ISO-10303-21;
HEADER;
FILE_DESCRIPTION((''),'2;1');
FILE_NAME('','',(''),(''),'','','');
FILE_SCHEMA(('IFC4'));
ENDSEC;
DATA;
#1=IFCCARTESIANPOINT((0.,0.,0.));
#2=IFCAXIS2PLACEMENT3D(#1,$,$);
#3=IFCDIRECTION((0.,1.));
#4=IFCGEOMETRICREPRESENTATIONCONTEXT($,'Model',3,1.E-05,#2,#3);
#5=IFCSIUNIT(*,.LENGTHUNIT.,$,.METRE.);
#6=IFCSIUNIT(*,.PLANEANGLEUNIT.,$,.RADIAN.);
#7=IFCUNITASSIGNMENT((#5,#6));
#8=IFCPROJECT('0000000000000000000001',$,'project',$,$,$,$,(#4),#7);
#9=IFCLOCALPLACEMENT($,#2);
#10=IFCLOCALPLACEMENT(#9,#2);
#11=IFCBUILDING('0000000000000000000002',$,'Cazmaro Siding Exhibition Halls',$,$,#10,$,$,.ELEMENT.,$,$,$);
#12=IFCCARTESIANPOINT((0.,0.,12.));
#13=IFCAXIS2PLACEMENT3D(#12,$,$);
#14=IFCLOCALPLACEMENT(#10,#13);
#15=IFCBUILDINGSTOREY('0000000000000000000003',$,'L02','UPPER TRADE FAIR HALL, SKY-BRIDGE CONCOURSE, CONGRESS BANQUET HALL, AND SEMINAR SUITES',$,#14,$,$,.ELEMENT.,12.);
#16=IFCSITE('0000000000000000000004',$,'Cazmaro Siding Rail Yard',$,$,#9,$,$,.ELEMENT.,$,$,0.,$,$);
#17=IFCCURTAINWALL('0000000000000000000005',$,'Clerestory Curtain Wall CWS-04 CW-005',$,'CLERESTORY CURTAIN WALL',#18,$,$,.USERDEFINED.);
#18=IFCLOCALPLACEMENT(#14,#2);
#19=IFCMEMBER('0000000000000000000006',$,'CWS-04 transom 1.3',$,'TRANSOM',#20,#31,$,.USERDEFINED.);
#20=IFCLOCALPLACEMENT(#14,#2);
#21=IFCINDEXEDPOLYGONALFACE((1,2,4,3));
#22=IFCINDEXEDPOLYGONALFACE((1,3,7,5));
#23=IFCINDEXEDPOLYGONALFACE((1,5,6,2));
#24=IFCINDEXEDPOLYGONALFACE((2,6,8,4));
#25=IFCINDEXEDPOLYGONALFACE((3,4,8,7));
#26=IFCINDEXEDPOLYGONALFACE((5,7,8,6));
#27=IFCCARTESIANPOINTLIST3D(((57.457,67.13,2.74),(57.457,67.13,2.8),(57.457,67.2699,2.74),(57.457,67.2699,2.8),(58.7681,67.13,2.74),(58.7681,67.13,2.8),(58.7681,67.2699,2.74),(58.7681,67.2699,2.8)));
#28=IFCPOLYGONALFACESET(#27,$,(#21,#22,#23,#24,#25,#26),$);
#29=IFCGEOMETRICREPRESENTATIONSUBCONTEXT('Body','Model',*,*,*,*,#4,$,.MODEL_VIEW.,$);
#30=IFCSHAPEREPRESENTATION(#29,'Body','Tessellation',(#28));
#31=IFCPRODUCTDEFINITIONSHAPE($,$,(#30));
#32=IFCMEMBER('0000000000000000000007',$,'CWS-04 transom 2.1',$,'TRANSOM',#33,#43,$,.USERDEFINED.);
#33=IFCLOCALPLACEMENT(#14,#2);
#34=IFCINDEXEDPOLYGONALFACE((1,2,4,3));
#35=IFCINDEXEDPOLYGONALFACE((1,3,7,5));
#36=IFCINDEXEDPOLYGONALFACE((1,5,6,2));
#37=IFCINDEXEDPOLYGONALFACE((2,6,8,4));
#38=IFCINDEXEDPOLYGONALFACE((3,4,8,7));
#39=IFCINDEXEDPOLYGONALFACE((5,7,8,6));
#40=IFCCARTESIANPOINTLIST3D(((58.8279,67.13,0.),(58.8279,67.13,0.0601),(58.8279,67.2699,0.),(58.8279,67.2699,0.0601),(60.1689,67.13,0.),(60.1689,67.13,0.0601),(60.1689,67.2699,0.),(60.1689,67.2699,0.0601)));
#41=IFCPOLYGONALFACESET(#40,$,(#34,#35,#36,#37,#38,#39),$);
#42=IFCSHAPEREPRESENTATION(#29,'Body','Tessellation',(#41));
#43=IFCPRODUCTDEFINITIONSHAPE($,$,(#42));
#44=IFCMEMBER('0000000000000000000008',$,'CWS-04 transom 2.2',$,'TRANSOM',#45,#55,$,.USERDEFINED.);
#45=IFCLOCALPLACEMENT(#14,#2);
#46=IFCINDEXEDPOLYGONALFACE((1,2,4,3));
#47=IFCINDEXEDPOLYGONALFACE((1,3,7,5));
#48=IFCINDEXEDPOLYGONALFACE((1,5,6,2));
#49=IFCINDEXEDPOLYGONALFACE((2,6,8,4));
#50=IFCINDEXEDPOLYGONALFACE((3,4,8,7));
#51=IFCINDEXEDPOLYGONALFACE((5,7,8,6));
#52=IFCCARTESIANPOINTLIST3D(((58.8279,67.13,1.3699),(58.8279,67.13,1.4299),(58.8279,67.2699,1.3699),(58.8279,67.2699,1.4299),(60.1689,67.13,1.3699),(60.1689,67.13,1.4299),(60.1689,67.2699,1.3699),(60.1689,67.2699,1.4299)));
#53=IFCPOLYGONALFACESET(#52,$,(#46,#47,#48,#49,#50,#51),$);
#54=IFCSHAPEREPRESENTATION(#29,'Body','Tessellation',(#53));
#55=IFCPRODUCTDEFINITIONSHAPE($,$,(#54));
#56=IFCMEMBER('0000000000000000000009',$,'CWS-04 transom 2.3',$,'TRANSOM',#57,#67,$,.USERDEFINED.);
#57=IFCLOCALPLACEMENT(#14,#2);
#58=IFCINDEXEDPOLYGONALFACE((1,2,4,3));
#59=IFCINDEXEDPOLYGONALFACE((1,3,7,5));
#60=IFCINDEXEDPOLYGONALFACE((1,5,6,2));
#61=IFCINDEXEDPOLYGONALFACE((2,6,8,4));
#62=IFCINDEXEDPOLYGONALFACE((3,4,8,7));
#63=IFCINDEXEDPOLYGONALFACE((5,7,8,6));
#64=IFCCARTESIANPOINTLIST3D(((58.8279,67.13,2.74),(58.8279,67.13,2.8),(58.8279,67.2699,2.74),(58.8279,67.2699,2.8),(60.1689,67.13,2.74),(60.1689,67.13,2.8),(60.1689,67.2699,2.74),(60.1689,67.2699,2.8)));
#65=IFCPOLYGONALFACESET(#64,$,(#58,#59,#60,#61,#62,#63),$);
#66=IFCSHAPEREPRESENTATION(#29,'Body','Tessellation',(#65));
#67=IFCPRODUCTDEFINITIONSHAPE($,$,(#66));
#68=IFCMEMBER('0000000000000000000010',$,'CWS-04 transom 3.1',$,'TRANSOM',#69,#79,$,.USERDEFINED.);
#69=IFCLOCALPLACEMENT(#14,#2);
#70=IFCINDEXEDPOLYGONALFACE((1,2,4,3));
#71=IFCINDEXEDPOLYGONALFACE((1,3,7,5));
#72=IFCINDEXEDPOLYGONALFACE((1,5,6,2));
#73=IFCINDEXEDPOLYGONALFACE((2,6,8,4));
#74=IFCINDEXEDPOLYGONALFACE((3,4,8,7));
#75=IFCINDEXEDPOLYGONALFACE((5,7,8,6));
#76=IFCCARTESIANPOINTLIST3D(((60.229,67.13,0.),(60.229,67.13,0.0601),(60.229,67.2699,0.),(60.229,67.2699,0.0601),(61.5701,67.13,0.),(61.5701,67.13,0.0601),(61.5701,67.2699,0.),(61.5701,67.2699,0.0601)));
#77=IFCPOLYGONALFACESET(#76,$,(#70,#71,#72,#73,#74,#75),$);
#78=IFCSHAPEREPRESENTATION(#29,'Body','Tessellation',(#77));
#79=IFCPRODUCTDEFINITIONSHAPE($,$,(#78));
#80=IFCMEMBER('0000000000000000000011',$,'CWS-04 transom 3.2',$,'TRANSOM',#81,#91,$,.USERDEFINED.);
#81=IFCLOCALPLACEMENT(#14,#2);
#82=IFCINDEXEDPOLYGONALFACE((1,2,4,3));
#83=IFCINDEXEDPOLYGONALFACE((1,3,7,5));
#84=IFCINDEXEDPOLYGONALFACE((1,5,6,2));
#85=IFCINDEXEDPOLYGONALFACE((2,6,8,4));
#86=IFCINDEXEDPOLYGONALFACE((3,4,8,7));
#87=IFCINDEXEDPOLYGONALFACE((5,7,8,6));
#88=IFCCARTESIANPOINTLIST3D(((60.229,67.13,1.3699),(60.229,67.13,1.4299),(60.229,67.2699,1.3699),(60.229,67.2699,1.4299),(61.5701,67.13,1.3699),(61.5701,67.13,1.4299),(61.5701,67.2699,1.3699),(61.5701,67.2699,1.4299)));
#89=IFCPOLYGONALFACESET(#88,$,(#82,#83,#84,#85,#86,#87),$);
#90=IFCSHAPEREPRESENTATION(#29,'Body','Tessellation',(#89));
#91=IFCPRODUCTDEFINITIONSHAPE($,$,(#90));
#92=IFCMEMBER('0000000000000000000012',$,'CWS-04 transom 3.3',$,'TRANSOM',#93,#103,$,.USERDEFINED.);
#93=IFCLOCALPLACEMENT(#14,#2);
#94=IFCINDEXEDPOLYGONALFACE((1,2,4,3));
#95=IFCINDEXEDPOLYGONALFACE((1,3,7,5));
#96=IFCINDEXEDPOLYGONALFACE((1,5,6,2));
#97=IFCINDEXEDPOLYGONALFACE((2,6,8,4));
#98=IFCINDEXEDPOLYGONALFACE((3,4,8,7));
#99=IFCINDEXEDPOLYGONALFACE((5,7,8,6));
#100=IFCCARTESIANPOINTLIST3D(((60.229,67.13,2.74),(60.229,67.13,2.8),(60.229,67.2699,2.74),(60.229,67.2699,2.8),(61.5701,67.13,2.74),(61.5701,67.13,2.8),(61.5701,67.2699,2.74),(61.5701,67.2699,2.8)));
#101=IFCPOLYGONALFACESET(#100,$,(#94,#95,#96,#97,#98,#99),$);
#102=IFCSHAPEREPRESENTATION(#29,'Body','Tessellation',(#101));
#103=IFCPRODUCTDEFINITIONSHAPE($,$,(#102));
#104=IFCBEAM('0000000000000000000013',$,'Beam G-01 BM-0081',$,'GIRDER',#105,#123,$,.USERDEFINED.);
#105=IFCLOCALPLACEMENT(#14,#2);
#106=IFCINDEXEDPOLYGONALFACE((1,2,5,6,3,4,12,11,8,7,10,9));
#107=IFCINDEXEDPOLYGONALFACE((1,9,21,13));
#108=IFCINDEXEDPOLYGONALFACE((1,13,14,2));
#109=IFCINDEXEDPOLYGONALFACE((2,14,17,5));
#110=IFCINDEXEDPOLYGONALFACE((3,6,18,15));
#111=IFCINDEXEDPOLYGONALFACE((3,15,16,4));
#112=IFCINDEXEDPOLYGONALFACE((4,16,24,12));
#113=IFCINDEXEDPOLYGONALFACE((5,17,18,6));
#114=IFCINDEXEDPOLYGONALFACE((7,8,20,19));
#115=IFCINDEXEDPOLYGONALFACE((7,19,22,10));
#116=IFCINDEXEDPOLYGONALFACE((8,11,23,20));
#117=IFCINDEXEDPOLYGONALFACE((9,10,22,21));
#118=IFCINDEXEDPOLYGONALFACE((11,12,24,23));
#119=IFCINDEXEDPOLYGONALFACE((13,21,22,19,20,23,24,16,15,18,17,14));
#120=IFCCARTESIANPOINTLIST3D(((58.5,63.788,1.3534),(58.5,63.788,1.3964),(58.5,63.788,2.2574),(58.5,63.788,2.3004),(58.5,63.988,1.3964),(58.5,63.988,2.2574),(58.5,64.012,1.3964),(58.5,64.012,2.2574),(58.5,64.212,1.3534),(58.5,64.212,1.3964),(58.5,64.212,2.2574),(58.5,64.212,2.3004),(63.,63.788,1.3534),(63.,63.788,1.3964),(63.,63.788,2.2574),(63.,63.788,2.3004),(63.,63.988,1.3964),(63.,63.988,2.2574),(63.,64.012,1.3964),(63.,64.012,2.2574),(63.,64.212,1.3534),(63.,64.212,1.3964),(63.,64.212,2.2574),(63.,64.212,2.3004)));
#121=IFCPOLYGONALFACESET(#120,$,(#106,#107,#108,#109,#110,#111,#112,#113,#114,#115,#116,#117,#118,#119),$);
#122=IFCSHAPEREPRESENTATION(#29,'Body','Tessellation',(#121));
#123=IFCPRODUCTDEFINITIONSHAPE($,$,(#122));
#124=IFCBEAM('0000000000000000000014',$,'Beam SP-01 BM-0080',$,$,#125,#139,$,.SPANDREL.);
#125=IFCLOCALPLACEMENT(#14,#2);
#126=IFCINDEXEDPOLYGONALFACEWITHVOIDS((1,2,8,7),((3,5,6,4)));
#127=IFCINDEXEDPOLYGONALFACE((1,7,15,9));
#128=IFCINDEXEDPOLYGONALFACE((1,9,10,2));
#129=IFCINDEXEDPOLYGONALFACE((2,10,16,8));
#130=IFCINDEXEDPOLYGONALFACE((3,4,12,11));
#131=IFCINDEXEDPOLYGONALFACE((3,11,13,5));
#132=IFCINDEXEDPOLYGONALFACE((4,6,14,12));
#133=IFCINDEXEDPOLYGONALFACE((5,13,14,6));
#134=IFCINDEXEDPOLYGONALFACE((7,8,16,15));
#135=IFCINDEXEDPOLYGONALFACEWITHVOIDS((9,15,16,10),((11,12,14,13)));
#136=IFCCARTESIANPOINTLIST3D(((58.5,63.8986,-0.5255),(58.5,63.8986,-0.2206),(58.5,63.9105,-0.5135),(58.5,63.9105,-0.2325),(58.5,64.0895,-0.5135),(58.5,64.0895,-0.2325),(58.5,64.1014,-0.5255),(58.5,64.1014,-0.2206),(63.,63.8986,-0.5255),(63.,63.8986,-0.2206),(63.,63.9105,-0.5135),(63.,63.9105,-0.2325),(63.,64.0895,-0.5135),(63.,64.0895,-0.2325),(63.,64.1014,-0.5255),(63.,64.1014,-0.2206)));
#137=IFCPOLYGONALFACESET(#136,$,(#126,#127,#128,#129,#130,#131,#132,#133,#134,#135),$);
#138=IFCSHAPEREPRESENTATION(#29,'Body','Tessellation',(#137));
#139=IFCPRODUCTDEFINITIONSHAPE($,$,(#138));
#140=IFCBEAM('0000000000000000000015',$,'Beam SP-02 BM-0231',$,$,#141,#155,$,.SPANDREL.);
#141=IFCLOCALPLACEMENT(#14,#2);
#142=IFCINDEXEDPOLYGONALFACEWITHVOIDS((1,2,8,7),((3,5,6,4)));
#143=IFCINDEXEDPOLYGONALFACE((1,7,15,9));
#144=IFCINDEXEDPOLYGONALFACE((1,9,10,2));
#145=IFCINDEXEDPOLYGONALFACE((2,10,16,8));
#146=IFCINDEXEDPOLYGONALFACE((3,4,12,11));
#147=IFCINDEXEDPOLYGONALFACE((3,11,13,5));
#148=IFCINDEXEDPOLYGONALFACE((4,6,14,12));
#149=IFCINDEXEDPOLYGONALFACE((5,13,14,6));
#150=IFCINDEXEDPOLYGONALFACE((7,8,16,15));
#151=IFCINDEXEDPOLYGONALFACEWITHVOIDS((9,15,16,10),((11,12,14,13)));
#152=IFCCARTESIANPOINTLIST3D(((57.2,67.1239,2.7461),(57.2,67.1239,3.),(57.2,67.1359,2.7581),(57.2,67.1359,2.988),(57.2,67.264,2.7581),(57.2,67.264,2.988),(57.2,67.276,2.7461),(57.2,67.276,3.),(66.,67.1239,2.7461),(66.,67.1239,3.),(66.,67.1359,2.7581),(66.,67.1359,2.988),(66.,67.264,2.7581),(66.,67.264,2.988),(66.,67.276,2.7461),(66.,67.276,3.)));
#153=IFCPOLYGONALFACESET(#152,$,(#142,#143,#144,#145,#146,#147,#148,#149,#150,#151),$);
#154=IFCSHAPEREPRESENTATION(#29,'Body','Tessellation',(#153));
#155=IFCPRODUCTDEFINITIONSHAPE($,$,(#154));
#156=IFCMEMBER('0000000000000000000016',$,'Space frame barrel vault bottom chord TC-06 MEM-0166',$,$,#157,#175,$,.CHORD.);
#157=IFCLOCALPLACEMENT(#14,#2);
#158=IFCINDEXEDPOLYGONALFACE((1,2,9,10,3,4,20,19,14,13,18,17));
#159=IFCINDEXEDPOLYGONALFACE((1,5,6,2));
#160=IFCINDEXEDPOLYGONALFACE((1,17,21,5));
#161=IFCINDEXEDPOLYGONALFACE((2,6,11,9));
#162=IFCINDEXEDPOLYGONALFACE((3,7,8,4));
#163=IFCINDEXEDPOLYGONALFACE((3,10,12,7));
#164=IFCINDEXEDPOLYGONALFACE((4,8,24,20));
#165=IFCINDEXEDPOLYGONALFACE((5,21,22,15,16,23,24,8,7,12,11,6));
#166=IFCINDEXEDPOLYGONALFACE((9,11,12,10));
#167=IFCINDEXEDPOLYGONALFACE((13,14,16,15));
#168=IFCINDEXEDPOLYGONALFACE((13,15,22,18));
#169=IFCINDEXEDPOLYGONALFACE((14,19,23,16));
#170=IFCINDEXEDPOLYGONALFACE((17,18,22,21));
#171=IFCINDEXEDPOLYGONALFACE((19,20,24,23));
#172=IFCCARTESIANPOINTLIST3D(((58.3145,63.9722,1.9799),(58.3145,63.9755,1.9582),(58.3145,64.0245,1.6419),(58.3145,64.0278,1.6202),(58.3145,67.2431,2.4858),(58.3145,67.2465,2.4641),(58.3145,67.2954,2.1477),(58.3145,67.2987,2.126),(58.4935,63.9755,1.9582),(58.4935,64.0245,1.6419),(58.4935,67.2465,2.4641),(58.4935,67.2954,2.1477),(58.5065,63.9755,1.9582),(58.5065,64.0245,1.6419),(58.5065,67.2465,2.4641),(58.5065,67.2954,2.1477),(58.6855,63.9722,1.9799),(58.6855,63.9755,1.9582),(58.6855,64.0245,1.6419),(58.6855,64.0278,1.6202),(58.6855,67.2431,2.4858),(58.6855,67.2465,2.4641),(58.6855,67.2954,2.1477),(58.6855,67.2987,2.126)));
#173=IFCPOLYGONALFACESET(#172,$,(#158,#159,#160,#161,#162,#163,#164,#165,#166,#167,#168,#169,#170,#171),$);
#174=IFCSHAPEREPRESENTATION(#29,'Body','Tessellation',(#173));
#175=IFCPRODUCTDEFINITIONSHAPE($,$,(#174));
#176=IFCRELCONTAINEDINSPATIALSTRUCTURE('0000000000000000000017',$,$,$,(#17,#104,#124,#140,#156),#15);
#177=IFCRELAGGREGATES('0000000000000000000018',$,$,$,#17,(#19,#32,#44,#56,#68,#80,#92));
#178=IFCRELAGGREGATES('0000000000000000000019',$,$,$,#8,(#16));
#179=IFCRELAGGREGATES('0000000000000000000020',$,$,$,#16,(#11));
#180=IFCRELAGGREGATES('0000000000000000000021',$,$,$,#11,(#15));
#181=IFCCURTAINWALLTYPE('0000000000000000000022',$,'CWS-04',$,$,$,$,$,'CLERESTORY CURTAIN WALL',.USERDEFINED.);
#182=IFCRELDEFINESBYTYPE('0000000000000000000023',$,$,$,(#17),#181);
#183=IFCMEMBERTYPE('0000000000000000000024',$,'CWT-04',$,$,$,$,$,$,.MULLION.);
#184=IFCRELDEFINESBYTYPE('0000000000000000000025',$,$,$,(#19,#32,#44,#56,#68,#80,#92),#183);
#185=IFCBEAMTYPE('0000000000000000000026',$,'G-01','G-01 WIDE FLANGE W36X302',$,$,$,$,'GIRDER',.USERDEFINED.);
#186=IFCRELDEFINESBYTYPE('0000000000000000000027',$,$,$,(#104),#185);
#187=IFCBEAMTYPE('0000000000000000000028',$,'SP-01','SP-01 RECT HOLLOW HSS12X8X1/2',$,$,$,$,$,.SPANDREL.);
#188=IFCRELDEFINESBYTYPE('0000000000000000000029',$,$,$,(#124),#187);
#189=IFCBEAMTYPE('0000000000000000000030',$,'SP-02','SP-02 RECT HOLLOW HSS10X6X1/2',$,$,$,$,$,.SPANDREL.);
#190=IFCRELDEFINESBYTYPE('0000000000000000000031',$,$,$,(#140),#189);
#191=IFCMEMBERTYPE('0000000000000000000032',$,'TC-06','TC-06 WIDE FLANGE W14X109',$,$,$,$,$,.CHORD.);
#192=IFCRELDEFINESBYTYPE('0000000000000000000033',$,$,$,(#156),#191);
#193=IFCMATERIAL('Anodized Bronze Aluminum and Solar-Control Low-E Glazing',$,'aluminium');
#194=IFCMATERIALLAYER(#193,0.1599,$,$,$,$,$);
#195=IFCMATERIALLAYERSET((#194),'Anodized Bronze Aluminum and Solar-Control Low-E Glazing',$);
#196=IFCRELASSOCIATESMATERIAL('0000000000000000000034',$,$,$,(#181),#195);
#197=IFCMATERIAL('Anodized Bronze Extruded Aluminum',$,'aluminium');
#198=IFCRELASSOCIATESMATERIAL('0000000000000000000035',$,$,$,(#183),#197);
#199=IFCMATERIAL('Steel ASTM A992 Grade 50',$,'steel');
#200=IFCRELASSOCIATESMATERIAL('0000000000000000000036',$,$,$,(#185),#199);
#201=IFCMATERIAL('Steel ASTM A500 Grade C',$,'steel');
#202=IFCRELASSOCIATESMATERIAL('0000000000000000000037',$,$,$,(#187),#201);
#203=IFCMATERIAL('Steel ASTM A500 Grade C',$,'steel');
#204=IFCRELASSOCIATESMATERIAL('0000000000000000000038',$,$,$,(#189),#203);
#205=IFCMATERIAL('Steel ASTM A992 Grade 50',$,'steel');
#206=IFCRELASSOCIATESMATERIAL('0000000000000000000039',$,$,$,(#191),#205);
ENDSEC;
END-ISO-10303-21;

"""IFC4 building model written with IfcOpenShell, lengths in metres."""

from ifc_helpers import new_model, si_unit, direction, frame, origin, origin_2d, place, context, subcontext, project, spatial, rectangle, hollow_rectangle, i_section, extrude, material, layer, layer_set, material_profile, profile_set, type_object, element, aggregate, save


model = new_model("IFC4")

# Units and contexts
model_context = context("Model", 3, precision=1e-05, world=origin(), true_north=direction((0.0, 1.0)))
body_context = subcontext(model_context, "Body", "Model", "MODEL_VIEW")
ifc_project = project(units=[si_unit("LENGTHUNIT", "METRE"), si_unit("PLANEANGLEUNIT", "RADIAN")], contexts=[model_context])

# Site, building, storey
site_placement = place(None, origin())
site = spatial("IfcSite", under=ifc_project, at=site_placement, Name="Cazmaro Siding Rail Yard", CompositionType="ELEMENT", RefElevation=0.0)
building_placement = place(site_placement, origin())
building = spatial("IfcBuilding", under=site, at=building_placement, Name="Cazmaro Siding Exhibition Halls", CompositionType="ELEMENT")
storey_placement = place(building_placement, frame((0.0, 0.0, 12.0)))
storey = spatial("IfcBuildingStorey", under=building, at=storey_placement, Name="L02", Description="UPPER TRADE FAIR HALL, SKY-BRIDGE CONCOURSE, CONGRESS BANQUET HALL, AND SEMINAR SUITES", CompositionType="ELEMENT", Elevation=12.0)

# Curtain wall, members
ifc_material_1 = material(Name="Anodized Bronze Aluminum and Solar-Control Low-E Glazing", Category="aluminium")
ifc_layer_1 = layer(ifc_material_1, 0.1599)
ifc_layer_set_1 = layer_set([ifc_layer_1], Name="Anodized Bronze Aluminum and Solar-Control Low-E Glazing")
curtain_wall_type = type_object("IfcCurtainWallType", Name="CWS-04", ElementType="CLERESTORY CURTAIN WALL", PredefinedType="USERDEFINED", material=ifc_layer_set_1)
curtain_wall_placement = place(storey_placement, origin())
curtain_wall = element("IfcCurtainWall", 1, at=curtain_wall_placement, inside=storey, type_object=curtain_wall_type, Name="Clerestory Curtain Wall CWS-04 CW-005", ObjectType="CLERESTORY CURTAIN WALL", PredefinedType="USERDEFINED")
ifc_material_2 = material(Name="Anodized Bronze Extruded Aluminum", Category="aluminium")
ifc_material_profile_1 = material_profile(ifc_material_2, rectangle(XDim=0.1399, YDim=0.0601, at=origin_2d()), Name="CWT-04")
ifc_profile_set_1 = profile_set([ifc_material_profile_1], Name="Anodized Bronze Extruded Aluminum")
member_type_1 = type_object("IfcMemberType", Name="CWT-04", PredefinedType="MULLION", material=ifc_profile_set_1)
member_1_placement = place(storey_placement, frame((57.457, 67.2, 2.77), z_axis=(1.0, 0.0, 0.0), x_axis=(0.0, 1.0, 0.0)))
member_1 = element("IfcMember", 2, at=member_1_placement, type_object=member_type_1, Name="CWS-04 transom 1.3", ObjectType="TRANSOM", PredefinedType="USERDEFINED", context=body_context, shape_type="SweptSolid", body=[
    extrude(rectangle(XDim=0.1399, YDim=0.0601, at=origin_2d()), origin(), (0.0, 0.0, 1.0), 1.311),
])
member_2_placement = place(storey_placement, frame((58.8279, 67.2, 0.03), z_axis=(1.0, 0.0, 0.0), x_axis=(0.0, 1.0, 0.0)))
member_2 = element("IfcMember", 3, at=member_2_placement, type_object=member_type_1, Name="CWS-04 transom 2.1", ObjectType="TRANSOM", PredefinedType="USERDEFINED", context=body_context, shape_type="SweptSolid", body=[
    extrude(rectangle(XDim=0.1399, YDim=0.0601, at=origin_2d()), origin(), (0.0, 0.0, 1.0), 1.3411),
])
member_3_placement = place(storey_placement, frame((58.8279, 67.2, 1.3999), z_axis=(1.0, 0.0, 0.0), x_axis=(0.0, 1.0, 0.0)))
member_3 = element("IfcMember", 4, at=member_3_placement, type_object=member_type_1, Name="CWS-04 transom 2.2", ObjectType="TRANSOM", PredefinedType="USERDEFINED", context=body_context, shape_type="SweptSolid", body=[
    extrude(rectangle(XDim=0.1399, YDim=0.0601, at=origin_2d()), origin(), (0.0, 0.0, 1.0), 1.3411),
])
member_4_placement = place(storey_placement, frame((58.8279, 67.2, 2.77), z_axis=(1.0, 0.0, 0.0), x_axis=(0.0, 1.0, 0.0)))
member_4 = element("IfcMember", 5, at=member_4_placement, type_object=member_type_1, Name="CWS-04 transom 2.3", ObjectType="TRANSOM", PredefinedType="USERDEFINED", context=body_context, shape_type="SweptSolid", body=[
    extrude(rectangle(XDim=0.1399, YDim=0.0601, at=origin_2d()), origin(), (0.0, 0.0, 1.0), 1.3411),
])
member_5_placement = place(storey_placement, frame((60.229, 67.2, 0.03), z_axis=(1.0, 0.0, 0.0), x_axis=(0.0, 1.0, 0.0)))
member_5 = element("IfcMember", 6, at=member_5_placement, type_object=member_type_1, Name="CWS-04 transom 3.1", ObjectType="TRANSOM", PredefinedType="USERDEFINED", context=body_context, shape_type="SweptSolid", body=[
    extrude(rectangle(XDim=0.1399, YDim=0.0601, at=origin_2d()), origin(), (0.0, 0.0, 1.0), 1.3411),
])
member_6_placement = place(storey_placement, frame((60.229, 67.2, 1.3999), z_axis=(1.0, 0.0, 0.0), x_axis=(0.0, 1.0, 0.0)))
member_6 = element("IfcMember", 7, at=member_6_placement, type_object=member_type_1, Name="CWS-04 transom 3.2", ObjectType="TRANSOM", PredefinedType="USERDEFINED", context=body_context, shape_type="SweptSolid", body=[
    extrude(rectangle(XDim=0.1399, YDim=0.0601, at=origin_2d()), origin(), (0.0, 0.0, 1.0), 1.3411),
])
member_7_placement = place(storey_placement, frame((60.229, 67.2, 2.77), z_axis=(1.0, 0.0, 0.0), x_axis=(0.0, 1.0, 0.0)))
member_7 = element("IfcMember", 8, at=member_7_placement, type_object=member_type_1, Name="CWS-04 transom 3.3", ObjectType="TRANSOM", PredefinedType="USERDEFINED", context=body_context, shape_type="SweptSolid", body=[
    extrude(rectangle(XDim=0.1399, YDim=0.0601, at=origin_2d()), origin(), (0.0, 0.0, 1.0), 1.3411),
])

# Beams
ifc_material_3 = material(Name="Steel ASTM A992 Grade 50", Category="steel")
ifc_material_profile_2 = material_profile(ifc_material_3, i_section(OverallWidth=0.4241, OverallDepth=0.947, WebThickness=0.0239, FlangeThickness=0.043, at=origin_2d()), Name="W36X302")
ifc_profile_set_2 = profile_set([ifc_material_profile_2], Name="Steel ASTM A992 Grade 50")
beam_type_1 = type_object("IfcBeamType", Name="G-01", Description="G-01 WIDE FLANGE W36X302", ElementType="GIRDER", PredefinedType="USERDEFINED", material=ifc_profile_set_2)
beam_1_placement = place(storey_placement, frame((58.5, 64.0, 1.8269), z_axis=(1.0, 0.0, 0.0), x_axis=(0.0, 1.0, 0.0)))
element("IfcBeam", 9, at=beam_1_placement, inside=storey, type_object=beam_type_1, Name="Beam G-01 BM-0081", ObjectType="GIRDER", PredefinedType="USERDEFINED", context=body_context, shape_type="SweptSolid", body=[
    extrude(i_section(OverallWidth=0.4241, OverallDepth=0.947, WebThickness=0.0239, FlangeThickness=0.043, at=origin_2d()), origin(), (0.0, 0.0, 1.0), 4.5),
])
ifc_material_4 = material(Name="Steel ASTM A500 Grade C", Category="steel")
ifc_material_profile_3 = material_profile(ifc_material_4, hollow_rectangle(XDim=0.2029, YDim=0.3049, WallThickness=0.012, at=origin_2d()), Name="HSS12X8X1/2")
ifc_profile_set_3 = profile_set([ifc_material_profile_3], Name="Steel ASTM A500 Grade C")
beam_type_2 = type_object("IfcBeamType", Name="SP-01", Description="SP-01 RECT HOLLOW HSS12X8X1/2", PredefinedType="SPANDREL", material=ifc_profile_set_3)
beam_2_placement = place(storey_placement, frame((58.5, 64.0, -0.373), z_axis=(1.0, 0.0, 0.0), x_axis=(0.0, 1.0, 0.0)))
element("IfcBeam", 10, at=beam_2_placement, inside=storey, type_object=beam_type_2, Name="Beam SP-01 BM-0080", PredefinedType="SPANDREL", context=body_context, shape_type="SweptSolid", body=[
    extrude(hollow_rectangle(XDim=0.2029, YDim=0.3049, WallThickness=0.012, at=origin_2d()), origin(), (0.0, 0.0, 1.0), 4.5),
])
ifc_material_5 = material(Name="Steel ASTM A500 Grade C", Category="steel")
ifc_material_profile_4 = material_profile(ifc_material_5, hollow_rectangle(XDim=0.1521, YDim=0.2539, WallThickness=0.012, at=origin_2d()), Name="HSS10X6X1/2")
ifc_profile_set_4 = profile_set([ifc_material_profile_4], Name="Steel ASTM A500 Grade C")
beam_type_3 = type_object("IfcBeamType", Name="SP-02", Description="SP-02 RECT HOLLOW HSS10X6X1/2", PredefinedType="SPANDREL", material=ifc_profile_set_4)
beam_3_placement = place(storey_placement, frame((57.2, 67.2, 2.873), z_axis=(1.0, 0.0, 0.0), x_axis=(0.0, 1.0, 0.0)))
element("IfcBeam", 11, at=beam_3_placement, inside=storey, type_object=beam_type_3, Name="Beam SP-02 BM-0231", PredefinedType="SPANDREL", context=body_context, shape_type="SweptSolid", body=[
    extrude(hollow_rectangle(XDim=0.1521, YDim=0.2539, WallThickness=0.012, at=origin_2d()), origin(), (0.0, 0.0, 1.0), 8.8),
])

# Member
ifc_material_6 = material(Name="Steel ASTM A992 Grade 50", Category="steel")
ifc_material_profile_5 = material_profile(ifc_material_6, i_section(OverallWidth=0.3711, OverallDepth=0.364, WebThickness=0.0129, FlangeThickness=0.022, at=origin_2d()), Name="W14X109")
ifc_profile_set_5 = profile_set([ifc_material_profile_5], Name="Steel ASTM A992 Grade 50")
member_type_2 = type_object("IfcMemberType", Name="TC-06", Description="TC-06 WIDE FLANGE W14X109", PredefinedType="CHORD", material=ifc_profile_set_5)
member_8_placement = place(storey_placement, frame((58.5, 64.0, 1.8), z_axis=(0.0, 0.988252, 0.152833), x_axis=(-1.0, 0.0, 0.0)))
element("IfcMember", 12, at=member_8_placement, inside=storey, type_object=member_type_2, Name="Space frame barrel vault bottom chord TC-06 MEM-0166", PredefinedType="CHORD", context=body_context, shape_type="SweptSolid", body=[
    extrude(i_section(OverallWidth=0.3711, OverallDepth=0.364, WebThickness=0.0129, FlangeThickness=0.022, at=origin_2d()), origin(), (0.0, 0.0, 1.0), 3.3098),
])

aggregate(curtain_wall, [member_1, member_2, member_3, member_4, member_5, member_6, member_7])

save(model, "model.ifc")
